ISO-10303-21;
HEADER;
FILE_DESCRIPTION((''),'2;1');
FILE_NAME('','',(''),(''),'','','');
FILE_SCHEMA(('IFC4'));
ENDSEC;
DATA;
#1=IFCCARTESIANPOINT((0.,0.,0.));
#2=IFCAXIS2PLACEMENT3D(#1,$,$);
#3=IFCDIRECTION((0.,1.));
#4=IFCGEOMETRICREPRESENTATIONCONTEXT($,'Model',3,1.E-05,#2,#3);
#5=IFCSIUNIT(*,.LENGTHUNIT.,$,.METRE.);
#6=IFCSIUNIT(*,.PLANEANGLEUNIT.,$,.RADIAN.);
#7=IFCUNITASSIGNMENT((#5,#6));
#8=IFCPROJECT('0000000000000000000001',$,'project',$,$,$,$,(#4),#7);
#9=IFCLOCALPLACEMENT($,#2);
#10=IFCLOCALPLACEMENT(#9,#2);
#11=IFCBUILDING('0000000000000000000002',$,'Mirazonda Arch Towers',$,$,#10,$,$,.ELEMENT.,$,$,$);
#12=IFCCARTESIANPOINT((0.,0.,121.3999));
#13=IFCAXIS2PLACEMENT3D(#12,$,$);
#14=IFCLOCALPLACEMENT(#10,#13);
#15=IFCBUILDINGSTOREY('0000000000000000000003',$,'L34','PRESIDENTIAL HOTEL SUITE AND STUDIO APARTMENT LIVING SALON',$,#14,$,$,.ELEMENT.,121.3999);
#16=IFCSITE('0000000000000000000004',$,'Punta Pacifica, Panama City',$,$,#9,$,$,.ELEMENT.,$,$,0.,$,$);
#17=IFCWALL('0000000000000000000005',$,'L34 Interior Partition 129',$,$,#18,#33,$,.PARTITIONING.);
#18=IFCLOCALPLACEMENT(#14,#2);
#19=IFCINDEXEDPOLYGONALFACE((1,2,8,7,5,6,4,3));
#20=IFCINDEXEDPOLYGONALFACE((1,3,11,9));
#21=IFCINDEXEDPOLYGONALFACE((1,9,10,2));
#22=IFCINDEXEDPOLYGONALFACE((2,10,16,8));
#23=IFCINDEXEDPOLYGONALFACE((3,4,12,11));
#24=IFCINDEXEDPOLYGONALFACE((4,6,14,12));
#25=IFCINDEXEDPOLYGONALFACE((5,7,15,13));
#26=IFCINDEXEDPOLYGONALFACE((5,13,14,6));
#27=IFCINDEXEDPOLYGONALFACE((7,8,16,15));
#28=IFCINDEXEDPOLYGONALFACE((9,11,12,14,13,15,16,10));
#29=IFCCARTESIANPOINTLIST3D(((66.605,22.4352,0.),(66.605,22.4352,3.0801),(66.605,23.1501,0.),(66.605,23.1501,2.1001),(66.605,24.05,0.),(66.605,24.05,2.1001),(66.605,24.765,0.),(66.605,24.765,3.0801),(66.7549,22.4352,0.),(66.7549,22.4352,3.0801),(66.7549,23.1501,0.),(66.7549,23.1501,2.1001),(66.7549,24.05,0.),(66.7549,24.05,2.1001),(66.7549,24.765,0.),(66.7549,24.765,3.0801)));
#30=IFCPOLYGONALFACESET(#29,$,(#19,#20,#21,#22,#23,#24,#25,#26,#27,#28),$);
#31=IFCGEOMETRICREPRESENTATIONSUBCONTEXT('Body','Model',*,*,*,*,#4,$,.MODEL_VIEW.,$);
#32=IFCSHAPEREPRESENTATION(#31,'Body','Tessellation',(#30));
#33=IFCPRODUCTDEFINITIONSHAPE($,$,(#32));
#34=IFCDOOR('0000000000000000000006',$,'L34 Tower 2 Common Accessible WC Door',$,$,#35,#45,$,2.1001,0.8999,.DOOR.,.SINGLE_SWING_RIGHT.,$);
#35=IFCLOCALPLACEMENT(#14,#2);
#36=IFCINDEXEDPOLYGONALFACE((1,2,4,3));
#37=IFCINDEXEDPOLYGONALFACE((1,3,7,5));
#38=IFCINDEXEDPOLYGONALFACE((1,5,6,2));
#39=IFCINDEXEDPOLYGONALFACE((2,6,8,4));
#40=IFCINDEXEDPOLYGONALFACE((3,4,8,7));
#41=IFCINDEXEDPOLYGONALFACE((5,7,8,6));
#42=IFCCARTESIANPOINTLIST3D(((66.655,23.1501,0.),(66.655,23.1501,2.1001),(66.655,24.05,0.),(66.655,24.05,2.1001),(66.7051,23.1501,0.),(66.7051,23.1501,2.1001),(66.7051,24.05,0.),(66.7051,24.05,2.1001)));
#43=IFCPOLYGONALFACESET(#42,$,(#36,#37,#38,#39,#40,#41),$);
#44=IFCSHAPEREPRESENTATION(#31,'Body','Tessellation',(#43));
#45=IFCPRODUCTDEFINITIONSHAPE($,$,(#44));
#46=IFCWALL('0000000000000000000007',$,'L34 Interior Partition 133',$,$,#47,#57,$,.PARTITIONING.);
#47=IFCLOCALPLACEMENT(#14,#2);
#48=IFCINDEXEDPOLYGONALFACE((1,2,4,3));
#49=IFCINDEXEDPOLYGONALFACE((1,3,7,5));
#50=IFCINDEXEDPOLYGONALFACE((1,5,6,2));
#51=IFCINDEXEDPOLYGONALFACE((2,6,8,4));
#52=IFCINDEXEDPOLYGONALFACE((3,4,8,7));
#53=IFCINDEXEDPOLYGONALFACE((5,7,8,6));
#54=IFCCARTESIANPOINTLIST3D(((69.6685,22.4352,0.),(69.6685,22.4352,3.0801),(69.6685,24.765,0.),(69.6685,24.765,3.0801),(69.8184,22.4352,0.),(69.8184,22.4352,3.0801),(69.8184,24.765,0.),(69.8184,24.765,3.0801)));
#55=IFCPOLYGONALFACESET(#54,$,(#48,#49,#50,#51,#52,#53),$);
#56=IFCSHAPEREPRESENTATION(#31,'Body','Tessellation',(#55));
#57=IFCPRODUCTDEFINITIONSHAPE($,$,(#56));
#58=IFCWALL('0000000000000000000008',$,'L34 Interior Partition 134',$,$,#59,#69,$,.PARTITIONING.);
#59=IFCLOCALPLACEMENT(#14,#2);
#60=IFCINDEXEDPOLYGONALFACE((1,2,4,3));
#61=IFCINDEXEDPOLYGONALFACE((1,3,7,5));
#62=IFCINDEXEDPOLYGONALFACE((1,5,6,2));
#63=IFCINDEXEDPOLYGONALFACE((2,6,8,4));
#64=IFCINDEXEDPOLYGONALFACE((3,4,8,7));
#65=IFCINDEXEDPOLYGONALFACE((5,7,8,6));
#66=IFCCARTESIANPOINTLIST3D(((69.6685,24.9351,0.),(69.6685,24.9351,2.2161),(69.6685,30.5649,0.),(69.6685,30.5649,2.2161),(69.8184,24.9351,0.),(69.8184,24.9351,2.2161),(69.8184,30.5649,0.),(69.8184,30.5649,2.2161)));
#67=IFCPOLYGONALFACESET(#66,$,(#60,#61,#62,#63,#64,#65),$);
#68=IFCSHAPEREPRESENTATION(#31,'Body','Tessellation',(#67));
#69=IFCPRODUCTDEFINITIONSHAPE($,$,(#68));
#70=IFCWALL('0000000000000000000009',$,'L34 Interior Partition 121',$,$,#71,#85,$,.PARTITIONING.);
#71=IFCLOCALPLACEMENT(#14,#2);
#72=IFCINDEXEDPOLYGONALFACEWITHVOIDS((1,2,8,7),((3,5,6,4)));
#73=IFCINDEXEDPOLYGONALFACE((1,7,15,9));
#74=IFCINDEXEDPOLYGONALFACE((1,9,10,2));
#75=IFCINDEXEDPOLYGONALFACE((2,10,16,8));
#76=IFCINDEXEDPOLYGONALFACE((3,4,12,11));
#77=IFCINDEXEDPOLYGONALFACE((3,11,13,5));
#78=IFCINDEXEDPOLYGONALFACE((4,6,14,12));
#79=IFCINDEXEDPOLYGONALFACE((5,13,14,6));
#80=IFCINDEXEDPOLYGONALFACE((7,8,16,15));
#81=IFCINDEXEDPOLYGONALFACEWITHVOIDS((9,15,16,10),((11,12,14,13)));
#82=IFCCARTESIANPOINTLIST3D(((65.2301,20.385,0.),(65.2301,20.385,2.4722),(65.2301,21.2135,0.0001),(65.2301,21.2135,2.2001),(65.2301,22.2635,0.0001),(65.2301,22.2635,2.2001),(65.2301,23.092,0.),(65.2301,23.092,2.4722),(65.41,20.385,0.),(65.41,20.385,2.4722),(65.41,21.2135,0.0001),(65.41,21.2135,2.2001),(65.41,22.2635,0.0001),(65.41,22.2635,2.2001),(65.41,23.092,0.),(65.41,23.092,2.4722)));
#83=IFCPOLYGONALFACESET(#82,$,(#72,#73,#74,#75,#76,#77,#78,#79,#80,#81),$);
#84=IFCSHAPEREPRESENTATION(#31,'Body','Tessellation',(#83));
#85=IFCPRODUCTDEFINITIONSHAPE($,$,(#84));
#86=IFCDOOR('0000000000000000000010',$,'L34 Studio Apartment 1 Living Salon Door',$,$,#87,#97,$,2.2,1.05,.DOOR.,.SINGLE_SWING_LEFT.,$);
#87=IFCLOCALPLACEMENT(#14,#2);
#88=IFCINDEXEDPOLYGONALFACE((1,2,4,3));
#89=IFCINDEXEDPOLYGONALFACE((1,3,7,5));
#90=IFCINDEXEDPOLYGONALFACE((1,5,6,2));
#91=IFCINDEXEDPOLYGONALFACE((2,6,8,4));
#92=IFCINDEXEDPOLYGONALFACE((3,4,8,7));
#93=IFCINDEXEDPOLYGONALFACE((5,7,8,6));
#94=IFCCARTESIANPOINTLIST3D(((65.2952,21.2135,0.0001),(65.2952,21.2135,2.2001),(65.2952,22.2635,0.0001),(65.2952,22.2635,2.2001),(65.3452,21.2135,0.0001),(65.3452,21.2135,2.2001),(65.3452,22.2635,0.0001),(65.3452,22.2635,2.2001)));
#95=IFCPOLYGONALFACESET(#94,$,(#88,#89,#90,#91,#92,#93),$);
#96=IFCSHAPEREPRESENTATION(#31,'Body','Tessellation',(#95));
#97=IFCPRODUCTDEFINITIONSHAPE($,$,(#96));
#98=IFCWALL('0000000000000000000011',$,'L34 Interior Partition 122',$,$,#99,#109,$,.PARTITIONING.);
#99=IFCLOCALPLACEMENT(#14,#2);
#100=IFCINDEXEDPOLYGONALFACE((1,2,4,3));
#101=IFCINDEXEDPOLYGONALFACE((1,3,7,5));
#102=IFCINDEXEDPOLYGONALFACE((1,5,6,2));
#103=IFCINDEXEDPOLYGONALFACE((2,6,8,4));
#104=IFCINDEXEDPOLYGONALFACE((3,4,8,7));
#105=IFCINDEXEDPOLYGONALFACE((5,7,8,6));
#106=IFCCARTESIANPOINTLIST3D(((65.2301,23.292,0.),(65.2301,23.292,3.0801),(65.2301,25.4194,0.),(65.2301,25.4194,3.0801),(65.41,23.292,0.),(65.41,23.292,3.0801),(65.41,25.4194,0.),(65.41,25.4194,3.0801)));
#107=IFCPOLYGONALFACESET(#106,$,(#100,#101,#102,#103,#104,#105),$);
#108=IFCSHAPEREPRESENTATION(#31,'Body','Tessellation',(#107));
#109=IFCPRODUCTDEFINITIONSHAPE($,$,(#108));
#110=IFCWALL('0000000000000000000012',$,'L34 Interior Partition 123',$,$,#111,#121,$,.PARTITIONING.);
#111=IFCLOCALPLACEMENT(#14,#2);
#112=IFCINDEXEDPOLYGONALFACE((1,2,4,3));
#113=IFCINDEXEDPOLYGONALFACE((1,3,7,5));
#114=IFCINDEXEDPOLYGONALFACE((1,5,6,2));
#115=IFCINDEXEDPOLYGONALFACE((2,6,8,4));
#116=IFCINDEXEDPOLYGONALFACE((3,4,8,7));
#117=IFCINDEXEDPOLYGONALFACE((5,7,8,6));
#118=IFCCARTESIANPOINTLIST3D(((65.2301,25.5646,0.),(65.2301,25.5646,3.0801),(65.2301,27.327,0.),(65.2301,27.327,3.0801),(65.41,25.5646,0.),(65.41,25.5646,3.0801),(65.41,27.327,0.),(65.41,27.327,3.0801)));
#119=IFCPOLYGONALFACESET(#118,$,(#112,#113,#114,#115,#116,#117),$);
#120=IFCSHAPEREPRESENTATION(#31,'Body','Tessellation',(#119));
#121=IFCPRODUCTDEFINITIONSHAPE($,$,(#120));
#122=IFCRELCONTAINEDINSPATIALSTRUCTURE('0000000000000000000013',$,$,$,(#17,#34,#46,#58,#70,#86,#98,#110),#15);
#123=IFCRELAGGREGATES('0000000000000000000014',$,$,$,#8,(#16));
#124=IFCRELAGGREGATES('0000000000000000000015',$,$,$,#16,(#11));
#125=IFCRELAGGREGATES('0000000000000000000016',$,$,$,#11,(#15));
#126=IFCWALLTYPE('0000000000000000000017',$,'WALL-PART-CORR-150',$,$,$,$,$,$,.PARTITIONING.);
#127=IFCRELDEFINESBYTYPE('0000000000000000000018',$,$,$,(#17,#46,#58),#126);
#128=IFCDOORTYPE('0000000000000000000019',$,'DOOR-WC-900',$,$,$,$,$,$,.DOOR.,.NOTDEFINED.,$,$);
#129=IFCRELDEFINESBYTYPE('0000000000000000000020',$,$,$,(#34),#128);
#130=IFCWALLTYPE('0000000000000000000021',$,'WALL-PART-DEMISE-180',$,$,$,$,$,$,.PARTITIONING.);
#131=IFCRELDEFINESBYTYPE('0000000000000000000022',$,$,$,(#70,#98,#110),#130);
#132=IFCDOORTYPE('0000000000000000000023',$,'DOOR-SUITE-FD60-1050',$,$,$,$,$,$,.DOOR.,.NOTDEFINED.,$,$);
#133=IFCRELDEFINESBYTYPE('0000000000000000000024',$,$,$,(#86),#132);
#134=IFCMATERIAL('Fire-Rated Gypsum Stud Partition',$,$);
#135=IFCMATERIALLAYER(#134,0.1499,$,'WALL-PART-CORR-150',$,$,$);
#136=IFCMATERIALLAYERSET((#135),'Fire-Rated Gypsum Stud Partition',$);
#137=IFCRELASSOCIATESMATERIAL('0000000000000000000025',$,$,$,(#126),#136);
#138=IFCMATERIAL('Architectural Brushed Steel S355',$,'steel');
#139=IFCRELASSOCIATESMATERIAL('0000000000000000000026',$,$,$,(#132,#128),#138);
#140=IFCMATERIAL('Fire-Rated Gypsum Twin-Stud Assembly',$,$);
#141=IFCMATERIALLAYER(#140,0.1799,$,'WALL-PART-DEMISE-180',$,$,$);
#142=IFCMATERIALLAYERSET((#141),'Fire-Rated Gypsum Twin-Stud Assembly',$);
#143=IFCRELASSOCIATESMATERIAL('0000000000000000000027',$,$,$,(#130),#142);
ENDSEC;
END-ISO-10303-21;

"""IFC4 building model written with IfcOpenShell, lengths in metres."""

from ifc_helpers import new_model, si_unit, direction, frame, frame_2d, origin, place, context, subcontext, project, spatial, rectangle, extrude, material, layer, layer_set, type_object, element, fill, save


model = new_model("IFC4")

# Units and contexts
model_context = context("Model", 3, precision=1e-05, world=origin(), true_north=direction((0.0, 1.0)))
body_context = subcontext(model_context, "Body", "Model", "MODEL_VIEW")
ifc_project = project(units=[si_unit("LENGTHUNIT", "METRE"), si_unit("PLANEANGLEUNIT", "RADIAN")], contexts=[model_context])

# Site, building, storey
site_placement = place(None, origin())
site = spatial("IfcSite", under=ifc_project, at=site_placement, Name="Punta Pacifica, Panama City", CompositionType="ELEMENT", RefElevation=0.0)
building_placement = place(site_placement, origin())
building = spatial("IfcBuilding", under=site, at=building_placement, Name="Mirazonda Arch Towers", CompositionType="ELEMENT")
storey_placement = place(building_placement, frame((0.0, 0.0, 121.3999)))
storey = spatial("IfcBuildingStorey", under=building, at=storey_placement, Name="L34", Description="PRESIDENTIAL HOTEL SUITE AND STUDIO APARTMENT LIVING SALON", CompositionType="ELEMENT", Elevation=121.3999)

# Shared definitions
ifc_material_1 = material(Name="Architectural Brushed Steel S355", Category="steel")

# Shared definitions
ifc_material_2 = material(Name="Fire-Rated Gypsum Stud Partition")
ifc_layer_1 = layer(ifc_material_2, 0.1499, Name="WALL-PART-CORR-150")
ifc_layer_set_1 = layer_set([ifc_layer_1], Name="Fire-Rated Gypsum Stud Partition")
wall_type_1 = type_object("IfcWallType", Name="WALL-PART-CORR-150", PredefinedType="PARTITIONING", material=ifc_layer_set_1)

# Shared definitions
door_type_1 = type_object("IfcDoorType", Name="DOOR-SUITE-FD60-1050", OperationType="NOTDEFINED", PredefinedType="DOOR", material=ifc_material_1)

# Wall, opening, door
wall_1_placement = place(storey_placement, frame((66.6799, 22.4351, 0.0), z_axis=(0.0, 0.0, 1.0), x_axis=(0.0, 1.0, 0.0)))
wall_1 = element("IfcWall", 1, at=wall_1_placement, inside=storey, type_object=wall_type_1, Name="L34 Interior Partition 129", PredefinedType="PARTITIONING", context=body_context, shape_type="SweptSolid", body=[
    extrude(rectangle(XDim=2.3298, YDim=0.1499, at=frame_2d((1.165, 0.0))), origin(), (0.0, 0.0, 1.0), 3.0801),
])
opening_1_placement = place(wall_1_placement, frame((0.7151, 0.0, 0.0)))
opening_1 = element("IfcOpeningElement", 2, at=opening_1_placement, cuts=wall_1, PredefinedType="OPENING", context=body_context, shape_type="SweptSolid", body=[
    extrude(rectangle(XDim=0.8999, YDim=2.1001, at=frame_2d((0.45, 1.05))), frame((0.0, 0.085, 0.0), z_axis=(0.0, -1.0, 0.0), x_axis=(1.0, 0.0, 0.0)), (0.0, 0.0, 1.0), 0.1699),
])
door_type_2 = type_object("IfcDoorType", Name="DOOR-WC-900", OperationType="NOTDEFINED", PredefinedType="DOOR", material=ifc_material_1)
door_1_placement = place(opening_1_placement, origin())
door_1 = element("IfcDoor", 3, at=door_1_placement, inside=storey, type_object=door_type_2, Name="L34 Tower 2 Common Accessible WC Door", OperationType="SINGLE_SWING_RIGHT", OverallHeight=2.1001, OverallWidth=0.8999, PredefinedType="DOOR", context=body_context, shape_type="SweptSolid", body=[
    extrude(rectangle(XDim=0.8999, YDim=2.1001, at=frame_2d((0.45, 1.05))), frame((0.0, 0.0249, 0.0), z_axis=(0.0, -1.0, 0.0), x_axis=(1.0, 0.0, 0.0)), (0.0, 0.0, 1.0), 0.05),
])
fill(opening_1, door_1)

# Walls
wall_2_placement = place(storey_placement, frame((69.7434, 22.4351, 0.0), z_axis=(0.0, 0.0, 1.0), x_axis=(0.0, 1.0, 0.0)))
element("IfcWall", 4, at=wall_2_placement, inside=storey, type_object=wall_type_1, Name="L34 Interior Partition 133", PredefinedType="PARTITIONING", context=body_context, shape_type="SweptSolid", body=[
    extrude(rectangle(XDim=2.3298, YDim=0.1499, at=frame_2d((1.165, 0.0))), origin(), (0.0, 0.0, 1.0), 3.0801),
])
wall_3_placement = place(storey_placement, frame((69.7434, 24.9351, 0.0), z_axis=(0.0, 0.0, 1.0), x_axis=(0.0, 1.0, 0.0)))
element("IfcWall", 5, at=wall_3_placement, inside=storey, type_object=wall_type_1, Name="L34 Interior Partition 134", PredefinedType="PARTITIONING", context=body_context, shape_type="SweptSolid", body=[
    extrude(rectangle(XDim=5.6299, YDim=0.1499, at=frame_2d((2.8149, 0.0))), origin(), (0.0, 0.0, 1.0), 2.2161),
])

# Wall, opening, door
ifc_material_3 = material(Name="Fire-Rated Gypsum Twin-Stud Assembly")
ifc_layer_2 = layer(ifc_material_3, 0.1799, Name="WALL-PART-DEMISE-180")
ifc_layer_set_2 = layer_set([ifc_layer_2], Name="Fire-Rated Gypsum Twin-Stud Assembly")
wall_type_2 = type_object("IfcWallType", Name="WALL-PART-DEMISE-180", PredefinedType="PARTITIONING", material=ifc_layer_set_2)
wall_4_placement = place(storey_placement, frame((65.3201, 20.385, 0.0), z_axis=(0.0, 0.0, 1.0), x_axis=(0.0, 1.0, 0.0)))
wall_4 = element("IfcWall", 6, at=wall_4_placement, inside=storey, type_object=wall_type_2, Name="L34 Interior Partition 121", PredefinedType="PARTITIONING", context=body_context, shape_type="SweptSolid", body=[
    extrude(rectangle(XDim=2.707, YDim=0.1799, at=frame_2d((1.3535, 0.0))), origin(), (0.0, 0.0, 1.0), 2.4722),
])
opening_2_placement = place(wall_4_placement, frame((0.8286, 0.0, 0.0)))
opening_2 = element("IfcOpeningElement", 7, at=opening_2_placement, cuts=wall_4, PredefinedType="OPENING", context=body_context, shape_type="SweptSolid", body=[
    extrude(rectangle(XDim=1.05, YDim=2.2, at=frame_2d((0.5249, 1.1001))), frame((0.0, 0.0999, 0.0), z_axis=(0.0, -1.0, 0.0), x_axis=(1.0, 0.0, 0.0)), (0.0, 0.0, 1.0), 0.2),
])
door_2_placement = place(opening_2_placement, origin())
door_2 = element("IfcDoor", 8, at=door_2_placement, inside=storey, type_object=door_type_1, Name="L34 Studio Apartment 1 Living Salon Door", OperationType="SINGLE_SWING_LEFT", OverallHeight=2.2, OverallWidth=1.05, PredefinedType="DOOR", context=body_context, shape_type="SweptSolid", body=[
    extrude(rectangle(XDim=1.05, YDim=2.2, at=frame_2d((0.5249, 1.1001))), frame((0.0, 0.0249, 0.0), z_axis=(0.0, -1.0, 0.0), x_axis=(1.0, 0.0, 0.0)), (0.0, 0.0, 1.0), 0.05),
])
fill(opening_2, door_2)

# Walls
wall_5_placement = place(storey_placement, frame((65.3201, 23.292, 0.0), z_axis=(0.0, 0.0, 1.0), x_axis=(0.0, 1.0, 0.0)))
element("IfcWall", 9, at=wall_5_placement, inside=storey, type_object=wall_type_2, Name="L34 Interior Partition 122", PredefinedType="PARTITIONING", context=body_context, shape_type="SweptSolid", body=[
    extrude(rectangle(XDim=2.1274, YDim=0.1799, at=frame_2d((1.0637, 0.0))), origin(), (0.0, 0.0, 1.0), 3.0801),
])
wall_6_placement = place(storey_placement, frame((65.3201, 25.5645, 0.0), z_axis=(0.0, 0.0, 1.0), x_axis=(0.0, 1.0, 0.0)))
element("IfcWall", 10, at=wall_6_placement, inside=storey, type_object=wall_type_2, Name="L34 Interior Partition 123", PredefinedType="PARTITIONING", context=body_context, shape_type="SweptSolid", body=[
    extrude(rectangle(XDim=1.7625, YDim=0.1799, at=frame_2d((0.8813, 0.0))), origin(), (0.0, 0.0, 1.0), 3.0801),
])

save(model, "model.ifc")
